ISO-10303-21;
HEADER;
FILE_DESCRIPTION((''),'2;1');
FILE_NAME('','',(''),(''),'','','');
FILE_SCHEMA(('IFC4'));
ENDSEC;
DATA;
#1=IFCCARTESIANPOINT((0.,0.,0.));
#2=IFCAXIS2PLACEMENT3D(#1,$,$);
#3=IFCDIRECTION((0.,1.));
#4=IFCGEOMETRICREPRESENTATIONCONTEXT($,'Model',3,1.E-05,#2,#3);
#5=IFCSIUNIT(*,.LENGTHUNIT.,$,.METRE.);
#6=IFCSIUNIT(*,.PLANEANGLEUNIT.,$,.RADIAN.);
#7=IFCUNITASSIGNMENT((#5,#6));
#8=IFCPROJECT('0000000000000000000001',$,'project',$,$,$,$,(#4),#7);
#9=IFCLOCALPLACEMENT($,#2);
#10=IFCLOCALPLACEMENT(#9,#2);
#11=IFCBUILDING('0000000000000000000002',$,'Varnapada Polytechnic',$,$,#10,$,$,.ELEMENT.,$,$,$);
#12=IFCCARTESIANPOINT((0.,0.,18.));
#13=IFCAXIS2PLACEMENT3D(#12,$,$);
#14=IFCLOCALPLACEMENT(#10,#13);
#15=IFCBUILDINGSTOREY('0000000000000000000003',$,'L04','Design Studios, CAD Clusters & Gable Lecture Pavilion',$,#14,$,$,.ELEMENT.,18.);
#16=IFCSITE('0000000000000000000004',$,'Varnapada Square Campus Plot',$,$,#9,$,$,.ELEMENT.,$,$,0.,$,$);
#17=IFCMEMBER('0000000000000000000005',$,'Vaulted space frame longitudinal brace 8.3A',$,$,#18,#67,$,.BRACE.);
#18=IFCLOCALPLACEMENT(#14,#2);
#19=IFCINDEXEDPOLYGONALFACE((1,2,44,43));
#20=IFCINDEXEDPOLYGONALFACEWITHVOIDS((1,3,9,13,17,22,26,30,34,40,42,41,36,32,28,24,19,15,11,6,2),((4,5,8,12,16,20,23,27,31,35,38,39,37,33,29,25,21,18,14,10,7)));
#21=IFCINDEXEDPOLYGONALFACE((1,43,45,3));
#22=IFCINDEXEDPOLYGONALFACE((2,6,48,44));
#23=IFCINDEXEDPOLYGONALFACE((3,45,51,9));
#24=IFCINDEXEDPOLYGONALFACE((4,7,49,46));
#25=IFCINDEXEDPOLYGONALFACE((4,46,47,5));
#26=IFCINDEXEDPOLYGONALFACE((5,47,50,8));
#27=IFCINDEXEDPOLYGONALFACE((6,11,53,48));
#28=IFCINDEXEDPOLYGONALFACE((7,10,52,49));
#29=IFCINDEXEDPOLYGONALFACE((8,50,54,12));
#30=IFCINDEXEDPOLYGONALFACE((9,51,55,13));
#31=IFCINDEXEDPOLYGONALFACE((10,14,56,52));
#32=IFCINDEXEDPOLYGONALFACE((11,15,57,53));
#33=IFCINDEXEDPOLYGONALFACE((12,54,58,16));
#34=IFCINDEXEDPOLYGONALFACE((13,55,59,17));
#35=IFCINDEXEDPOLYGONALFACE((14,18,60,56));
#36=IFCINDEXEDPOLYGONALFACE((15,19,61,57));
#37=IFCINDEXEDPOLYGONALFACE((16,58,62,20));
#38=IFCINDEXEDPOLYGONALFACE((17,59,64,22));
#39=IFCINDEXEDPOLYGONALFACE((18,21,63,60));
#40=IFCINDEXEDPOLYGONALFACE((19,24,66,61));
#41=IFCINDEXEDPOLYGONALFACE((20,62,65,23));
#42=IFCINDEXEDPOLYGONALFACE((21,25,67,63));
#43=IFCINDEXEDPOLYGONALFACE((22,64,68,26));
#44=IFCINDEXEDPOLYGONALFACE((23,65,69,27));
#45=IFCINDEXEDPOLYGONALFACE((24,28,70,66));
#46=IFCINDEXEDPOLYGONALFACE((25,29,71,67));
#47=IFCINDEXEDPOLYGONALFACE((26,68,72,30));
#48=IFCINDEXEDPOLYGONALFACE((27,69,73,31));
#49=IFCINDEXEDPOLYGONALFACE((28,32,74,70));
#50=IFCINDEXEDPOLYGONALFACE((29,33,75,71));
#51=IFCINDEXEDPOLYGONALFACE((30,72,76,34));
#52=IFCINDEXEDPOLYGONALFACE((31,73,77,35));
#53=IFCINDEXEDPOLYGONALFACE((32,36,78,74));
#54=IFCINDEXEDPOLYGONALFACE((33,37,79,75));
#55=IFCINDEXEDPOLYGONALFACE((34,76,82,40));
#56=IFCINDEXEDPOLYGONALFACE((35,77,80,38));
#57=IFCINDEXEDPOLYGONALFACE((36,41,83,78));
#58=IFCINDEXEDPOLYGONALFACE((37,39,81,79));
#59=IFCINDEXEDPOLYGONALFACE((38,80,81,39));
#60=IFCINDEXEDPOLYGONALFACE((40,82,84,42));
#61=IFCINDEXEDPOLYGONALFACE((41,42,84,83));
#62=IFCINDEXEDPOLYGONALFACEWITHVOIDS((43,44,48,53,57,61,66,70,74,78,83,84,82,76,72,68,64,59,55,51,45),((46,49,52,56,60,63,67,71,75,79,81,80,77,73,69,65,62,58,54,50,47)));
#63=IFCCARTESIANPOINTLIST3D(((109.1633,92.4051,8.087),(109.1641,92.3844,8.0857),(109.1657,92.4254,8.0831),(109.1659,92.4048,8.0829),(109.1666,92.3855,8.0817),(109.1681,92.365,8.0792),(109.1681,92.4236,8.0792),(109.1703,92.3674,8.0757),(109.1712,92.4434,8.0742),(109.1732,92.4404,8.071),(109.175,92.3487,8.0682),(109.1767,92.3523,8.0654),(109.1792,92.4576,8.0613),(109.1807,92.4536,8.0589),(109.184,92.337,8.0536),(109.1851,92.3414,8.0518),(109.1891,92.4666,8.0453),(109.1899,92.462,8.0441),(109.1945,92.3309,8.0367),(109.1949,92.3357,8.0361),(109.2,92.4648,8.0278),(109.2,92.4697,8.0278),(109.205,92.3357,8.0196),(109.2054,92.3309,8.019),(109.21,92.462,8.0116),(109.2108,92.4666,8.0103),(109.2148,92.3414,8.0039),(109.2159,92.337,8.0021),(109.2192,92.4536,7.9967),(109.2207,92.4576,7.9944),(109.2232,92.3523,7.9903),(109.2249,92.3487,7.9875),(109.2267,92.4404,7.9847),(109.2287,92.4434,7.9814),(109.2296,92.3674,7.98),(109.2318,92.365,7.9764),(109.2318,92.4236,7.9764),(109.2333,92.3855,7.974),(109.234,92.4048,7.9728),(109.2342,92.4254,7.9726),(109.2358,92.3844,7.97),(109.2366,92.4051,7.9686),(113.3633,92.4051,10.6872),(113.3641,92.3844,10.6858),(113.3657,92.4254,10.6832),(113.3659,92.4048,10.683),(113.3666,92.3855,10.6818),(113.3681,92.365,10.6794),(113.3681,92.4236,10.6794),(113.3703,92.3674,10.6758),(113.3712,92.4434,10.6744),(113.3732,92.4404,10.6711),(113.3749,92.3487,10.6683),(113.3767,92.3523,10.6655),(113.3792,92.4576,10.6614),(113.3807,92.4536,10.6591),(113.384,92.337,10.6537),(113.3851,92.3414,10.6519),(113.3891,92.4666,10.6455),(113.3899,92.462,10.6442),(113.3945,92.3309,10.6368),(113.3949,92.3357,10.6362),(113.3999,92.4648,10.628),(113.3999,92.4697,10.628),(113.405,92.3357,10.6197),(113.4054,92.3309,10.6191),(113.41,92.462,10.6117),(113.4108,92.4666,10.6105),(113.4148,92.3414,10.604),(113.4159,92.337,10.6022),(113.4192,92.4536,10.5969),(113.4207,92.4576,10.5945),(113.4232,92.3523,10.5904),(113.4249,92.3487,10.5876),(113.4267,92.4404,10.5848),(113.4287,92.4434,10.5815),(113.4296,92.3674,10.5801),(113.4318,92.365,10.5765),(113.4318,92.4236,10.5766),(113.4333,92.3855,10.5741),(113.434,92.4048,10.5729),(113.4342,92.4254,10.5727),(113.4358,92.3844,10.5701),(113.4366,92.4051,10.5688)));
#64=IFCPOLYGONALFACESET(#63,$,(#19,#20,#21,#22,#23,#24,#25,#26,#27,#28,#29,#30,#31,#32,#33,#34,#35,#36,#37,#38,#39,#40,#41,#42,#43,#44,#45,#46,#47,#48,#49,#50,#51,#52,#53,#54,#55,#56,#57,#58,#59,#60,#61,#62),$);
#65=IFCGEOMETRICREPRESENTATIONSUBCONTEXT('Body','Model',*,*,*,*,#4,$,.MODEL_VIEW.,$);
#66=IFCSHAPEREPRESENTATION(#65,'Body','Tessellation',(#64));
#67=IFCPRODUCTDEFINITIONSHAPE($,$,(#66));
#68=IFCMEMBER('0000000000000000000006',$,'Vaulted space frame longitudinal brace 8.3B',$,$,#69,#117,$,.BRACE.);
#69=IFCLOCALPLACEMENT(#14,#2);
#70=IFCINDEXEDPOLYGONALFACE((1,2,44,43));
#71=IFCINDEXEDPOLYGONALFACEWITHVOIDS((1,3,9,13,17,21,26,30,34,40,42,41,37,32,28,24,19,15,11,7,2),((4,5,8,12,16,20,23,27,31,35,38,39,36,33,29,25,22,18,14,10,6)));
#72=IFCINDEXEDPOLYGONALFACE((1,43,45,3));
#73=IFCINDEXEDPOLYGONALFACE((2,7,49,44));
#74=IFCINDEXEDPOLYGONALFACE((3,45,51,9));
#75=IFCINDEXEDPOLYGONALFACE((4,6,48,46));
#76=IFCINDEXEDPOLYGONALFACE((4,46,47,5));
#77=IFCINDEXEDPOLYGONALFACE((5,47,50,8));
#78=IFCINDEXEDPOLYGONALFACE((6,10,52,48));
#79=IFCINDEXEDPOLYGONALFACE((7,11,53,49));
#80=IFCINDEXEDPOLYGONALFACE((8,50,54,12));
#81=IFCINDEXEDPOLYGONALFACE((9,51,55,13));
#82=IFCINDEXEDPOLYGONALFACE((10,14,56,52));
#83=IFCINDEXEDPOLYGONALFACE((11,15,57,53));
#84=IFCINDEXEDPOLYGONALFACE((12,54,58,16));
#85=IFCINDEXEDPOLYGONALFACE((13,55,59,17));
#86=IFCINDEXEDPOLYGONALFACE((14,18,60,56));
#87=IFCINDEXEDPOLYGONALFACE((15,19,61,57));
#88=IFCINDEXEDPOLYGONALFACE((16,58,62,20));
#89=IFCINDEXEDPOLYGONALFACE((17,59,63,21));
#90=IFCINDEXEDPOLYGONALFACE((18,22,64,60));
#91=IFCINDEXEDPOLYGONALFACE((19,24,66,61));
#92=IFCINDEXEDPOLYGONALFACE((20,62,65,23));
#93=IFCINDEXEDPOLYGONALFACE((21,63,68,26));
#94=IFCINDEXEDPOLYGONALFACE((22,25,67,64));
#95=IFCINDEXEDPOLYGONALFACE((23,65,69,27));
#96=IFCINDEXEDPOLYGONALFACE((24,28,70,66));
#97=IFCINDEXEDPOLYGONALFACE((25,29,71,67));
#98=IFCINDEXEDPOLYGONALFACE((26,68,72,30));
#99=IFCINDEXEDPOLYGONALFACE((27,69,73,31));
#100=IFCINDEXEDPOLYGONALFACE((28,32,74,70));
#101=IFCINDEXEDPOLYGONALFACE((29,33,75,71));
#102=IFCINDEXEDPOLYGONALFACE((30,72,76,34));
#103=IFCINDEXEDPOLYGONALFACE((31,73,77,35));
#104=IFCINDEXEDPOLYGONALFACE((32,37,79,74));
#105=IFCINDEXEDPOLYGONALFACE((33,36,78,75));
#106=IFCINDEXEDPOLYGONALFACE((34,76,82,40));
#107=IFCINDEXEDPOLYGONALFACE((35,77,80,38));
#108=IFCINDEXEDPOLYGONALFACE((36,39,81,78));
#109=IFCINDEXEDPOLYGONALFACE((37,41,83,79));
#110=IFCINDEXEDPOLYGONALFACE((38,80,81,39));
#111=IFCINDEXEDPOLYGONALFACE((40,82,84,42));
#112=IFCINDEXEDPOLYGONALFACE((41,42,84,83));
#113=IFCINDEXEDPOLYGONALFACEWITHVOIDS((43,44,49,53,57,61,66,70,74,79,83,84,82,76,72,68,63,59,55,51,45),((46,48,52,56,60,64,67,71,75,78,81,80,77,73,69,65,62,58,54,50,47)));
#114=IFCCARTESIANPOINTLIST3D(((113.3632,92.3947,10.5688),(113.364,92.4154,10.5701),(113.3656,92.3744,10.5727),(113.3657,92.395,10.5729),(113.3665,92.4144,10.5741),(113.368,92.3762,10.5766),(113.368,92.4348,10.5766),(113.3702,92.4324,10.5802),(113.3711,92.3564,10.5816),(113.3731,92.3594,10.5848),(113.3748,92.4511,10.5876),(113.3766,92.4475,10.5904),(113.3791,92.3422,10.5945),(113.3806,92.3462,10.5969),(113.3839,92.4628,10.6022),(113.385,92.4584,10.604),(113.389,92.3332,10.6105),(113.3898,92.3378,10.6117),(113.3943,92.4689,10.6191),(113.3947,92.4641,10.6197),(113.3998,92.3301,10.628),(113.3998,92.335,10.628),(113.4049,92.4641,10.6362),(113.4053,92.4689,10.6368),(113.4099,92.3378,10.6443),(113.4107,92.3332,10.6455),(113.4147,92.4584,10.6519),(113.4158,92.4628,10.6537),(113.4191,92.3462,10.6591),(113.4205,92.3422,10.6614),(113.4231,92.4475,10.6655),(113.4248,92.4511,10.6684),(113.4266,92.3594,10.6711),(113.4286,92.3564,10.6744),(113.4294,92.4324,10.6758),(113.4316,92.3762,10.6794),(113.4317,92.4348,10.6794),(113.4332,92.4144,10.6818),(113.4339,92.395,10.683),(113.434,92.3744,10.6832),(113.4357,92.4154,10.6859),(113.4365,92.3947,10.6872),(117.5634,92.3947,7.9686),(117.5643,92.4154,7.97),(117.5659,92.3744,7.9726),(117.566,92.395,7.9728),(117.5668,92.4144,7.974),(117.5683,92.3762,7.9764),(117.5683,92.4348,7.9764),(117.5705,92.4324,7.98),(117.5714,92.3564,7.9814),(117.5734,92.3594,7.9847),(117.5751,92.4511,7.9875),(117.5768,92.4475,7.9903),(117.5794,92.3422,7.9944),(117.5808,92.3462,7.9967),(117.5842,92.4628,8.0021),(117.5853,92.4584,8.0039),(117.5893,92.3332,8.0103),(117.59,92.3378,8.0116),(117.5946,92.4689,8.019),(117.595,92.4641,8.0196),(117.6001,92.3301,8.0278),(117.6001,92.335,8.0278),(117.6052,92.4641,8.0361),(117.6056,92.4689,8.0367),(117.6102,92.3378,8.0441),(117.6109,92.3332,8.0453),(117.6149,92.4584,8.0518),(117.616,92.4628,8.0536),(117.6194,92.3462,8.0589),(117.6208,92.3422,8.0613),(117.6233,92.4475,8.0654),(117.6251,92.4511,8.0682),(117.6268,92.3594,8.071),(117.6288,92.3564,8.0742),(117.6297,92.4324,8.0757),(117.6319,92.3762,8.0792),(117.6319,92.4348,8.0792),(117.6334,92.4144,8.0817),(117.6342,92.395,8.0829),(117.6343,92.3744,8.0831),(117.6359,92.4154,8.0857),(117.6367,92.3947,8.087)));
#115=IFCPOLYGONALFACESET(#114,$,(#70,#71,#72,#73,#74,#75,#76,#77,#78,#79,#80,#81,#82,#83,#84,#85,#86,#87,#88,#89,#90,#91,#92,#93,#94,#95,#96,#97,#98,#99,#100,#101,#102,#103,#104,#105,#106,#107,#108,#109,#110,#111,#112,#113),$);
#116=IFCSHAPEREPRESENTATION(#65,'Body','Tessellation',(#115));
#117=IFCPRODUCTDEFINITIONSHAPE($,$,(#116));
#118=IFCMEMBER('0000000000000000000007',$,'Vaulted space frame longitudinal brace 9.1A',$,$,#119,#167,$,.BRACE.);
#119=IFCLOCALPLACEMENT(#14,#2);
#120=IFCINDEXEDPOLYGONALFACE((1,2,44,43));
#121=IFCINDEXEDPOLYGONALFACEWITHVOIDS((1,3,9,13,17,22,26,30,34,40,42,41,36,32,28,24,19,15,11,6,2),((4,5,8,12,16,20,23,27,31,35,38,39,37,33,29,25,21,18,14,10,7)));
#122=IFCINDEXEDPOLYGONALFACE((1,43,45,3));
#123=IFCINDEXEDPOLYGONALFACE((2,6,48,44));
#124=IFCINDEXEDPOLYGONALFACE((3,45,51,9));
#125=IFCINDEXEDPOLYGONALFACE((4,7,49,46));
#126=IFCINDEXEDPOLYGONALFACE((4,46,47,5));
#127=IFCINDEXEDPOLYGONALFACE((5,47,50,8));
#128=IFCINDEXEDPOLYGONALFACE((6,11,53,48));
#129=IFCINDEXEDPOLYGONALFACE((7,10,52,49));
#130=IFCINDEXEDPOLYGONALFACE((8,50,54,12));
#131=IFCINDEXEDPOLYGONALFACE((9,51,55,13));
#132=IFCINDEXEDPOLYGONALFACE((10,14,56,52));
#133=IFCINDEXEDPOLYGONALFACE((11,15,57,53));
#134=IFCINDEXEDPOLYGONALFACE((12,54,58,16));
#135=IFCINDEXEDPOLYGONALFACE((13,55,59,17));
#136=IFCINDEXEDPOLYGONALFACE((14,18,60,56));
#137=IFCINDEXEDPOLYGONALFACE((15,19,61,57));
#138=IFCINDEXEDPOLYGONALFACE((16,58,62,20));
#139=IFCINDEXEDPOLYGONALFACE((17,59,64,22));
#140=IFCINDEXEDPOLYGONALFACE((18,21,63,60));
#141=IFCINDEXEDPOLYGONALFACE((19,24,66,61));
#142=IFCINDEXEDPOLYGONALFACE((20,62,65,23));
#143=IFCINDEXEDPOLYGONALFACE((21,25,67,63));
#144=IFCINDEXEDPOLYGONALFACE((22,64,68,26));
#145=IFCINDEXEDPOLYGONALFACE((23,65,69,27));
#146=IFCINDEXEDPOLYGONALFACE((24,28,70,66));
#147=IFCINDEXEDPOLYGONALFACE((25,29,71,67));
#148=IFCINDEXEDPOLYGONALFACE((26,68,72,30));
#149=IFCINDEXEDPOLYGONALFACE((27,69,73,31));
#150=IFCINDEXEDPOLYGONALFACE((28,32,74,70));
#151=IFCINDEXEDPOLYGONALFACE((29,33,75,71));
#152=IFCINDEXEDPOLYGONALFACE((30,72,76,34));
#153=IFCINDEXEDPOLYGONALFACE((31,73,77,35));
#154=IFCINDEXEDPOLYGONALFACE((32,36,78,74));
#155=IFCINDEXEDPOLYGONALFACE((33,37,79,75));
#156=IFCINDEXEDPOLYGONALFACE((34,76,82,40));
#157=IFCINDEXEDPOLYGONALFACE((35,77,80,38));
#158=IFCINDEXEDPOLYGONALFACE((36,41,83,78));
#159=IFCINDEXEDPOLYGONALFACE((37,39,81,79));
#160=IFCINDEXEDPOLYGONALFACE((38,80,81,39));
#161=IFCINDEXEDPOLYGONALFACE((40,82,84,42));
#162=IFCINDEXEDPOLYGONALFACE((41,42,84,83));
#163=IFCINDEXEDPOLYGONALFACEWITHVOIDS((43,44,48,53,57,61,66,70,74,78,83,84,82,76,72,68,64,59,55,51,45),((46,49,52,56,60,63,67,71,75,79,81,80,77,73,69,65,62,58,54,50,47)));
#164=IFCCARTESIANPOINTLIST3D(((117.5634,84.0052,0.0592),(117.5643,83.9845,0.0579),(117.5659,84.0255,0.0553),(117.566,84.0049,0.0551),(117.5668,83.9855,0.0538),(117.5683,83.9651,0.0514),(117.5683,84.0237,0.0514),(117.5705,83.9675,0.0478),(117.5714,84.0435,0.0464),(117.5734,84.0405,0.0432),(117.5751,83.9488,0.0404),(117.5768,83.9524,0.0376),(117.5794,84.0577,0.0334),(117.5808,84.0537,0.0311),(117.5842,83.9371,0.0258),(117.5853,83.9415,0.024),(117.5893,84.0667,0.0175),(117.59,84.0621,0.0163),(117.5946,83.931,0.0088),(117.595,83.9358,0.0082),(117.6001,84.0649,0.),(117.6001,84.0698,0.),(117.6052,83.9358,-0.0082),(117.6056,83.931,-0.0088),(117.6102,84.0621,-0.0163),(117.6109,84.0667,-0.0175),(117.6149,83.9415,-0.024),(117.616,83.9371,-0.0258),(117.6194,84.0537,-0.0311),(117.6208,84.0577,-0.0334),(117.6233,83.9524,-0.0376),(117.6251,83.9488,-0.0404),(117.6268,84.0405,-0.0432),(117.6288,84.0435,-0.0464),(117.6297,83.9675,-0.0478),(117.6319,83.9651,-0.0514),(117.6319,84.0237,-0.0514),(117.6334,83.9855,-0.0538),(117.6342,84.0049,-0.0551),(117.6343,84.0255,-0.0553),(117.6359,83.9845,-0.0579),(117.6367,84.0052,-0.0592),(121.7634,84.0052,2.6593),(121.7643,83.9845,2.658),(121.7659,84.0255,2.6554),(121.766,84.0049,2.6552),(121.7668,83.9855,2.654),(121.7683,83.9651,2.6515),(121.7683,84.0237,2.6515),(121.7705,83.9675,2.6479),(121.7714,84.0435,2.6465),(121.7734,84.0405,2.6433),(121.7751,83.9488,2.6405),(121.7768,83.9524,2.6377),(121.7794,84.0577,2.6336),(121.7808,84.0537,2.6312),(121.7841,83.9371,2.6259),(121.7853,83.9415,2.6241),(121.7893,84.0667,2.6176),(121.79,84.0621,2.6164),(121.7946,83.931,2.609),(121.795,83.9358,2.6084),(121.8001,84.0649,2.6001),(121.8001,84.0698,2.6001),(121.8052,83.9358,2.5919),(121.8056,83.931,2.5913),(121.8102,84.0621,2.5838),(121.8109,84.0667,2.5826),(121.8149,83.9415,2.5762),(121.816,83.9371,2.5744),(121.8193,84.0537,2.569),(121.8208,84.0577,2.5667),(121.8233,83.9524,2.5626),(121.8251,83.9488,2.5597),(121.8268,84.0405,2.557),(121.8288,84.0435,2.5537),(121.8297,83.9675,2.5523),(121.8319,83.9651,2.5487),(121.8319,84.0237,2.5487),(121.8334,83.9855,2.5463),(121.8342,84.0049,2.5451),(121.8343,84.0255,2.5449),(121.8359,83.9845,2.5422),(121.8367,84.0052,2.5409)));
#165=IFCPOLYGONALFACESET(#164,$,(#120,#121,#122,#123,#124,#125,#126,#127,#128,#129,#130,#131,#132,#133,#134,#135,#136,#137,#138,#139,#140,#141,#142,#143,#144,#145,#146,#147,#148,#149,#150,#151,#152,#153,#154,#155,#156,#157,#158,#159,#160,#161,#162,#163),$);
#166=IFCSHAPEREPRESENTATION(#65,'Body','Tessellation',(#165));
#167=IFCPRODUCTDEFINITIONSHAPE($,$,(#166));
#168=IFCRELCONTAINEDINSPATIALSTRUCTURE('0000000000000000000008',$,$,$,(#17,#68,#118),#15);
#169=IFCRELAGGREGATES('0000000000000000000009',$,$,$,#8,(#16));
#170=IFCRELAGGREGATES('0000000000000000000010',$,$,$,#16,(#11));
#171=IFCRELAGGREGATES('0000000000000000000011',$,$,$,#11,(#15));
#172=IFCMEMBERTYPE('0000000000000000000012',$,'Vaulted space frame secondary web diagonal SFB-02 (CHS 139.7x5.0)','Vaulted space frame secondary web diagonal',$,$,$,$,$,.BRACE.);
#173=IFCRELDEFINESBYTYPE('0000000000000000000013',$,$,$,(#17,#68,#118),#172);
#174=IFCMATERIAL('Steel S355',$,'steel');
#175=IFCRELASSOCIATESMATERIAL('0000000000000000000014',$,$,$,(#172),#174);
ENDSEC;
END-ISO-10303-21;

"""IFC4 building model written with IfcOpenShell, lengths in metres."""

from ifc_helpers import new_model, si_unit, direction, frame, origin, origin_2d, place, context, subcontext, project, spatial, hollow_circle, extrude, material, material_profile, profile_set, type_object, element, save


model = new_model("IFC4")

# Units and contexts
model_context = context("Model", 3, precision=1e-05, world=origin(), true_north=direction((0.0, 1.0)))
body_context = subcontext(model_context, "Body", "Model", "MODEL_VIEW")
ifc_project = project(units=[si_unit("LENGTHUNIT", "METRE"), si_unit("PLANEANGLEUNIT", "RADIAN")], contexts=[model_context])

# Site, building, storey
site_placement = place(None, origin())
site = spatial("IfcSite", under=ifc_project, at=site_placement, Name="Varnapada Square Campus Plot", CompositionType="ELEMENT", RefElevation=0.0)
building_placement = place(site_placement, origin())
building = spatial("IfcBuilding", under=site, at=building_placement, Name="Varnapada Polytechnic", CompositionType="ELEMENT")
storey_placement = place(building_placement, frame((0.0, 0.0, 18.0)))
storey = spatial("IfcBuildingStorey", under=building, at=storey_placement, Name="L04", Description="Design Studios, CAD Clusters & Gable Lecture Pavilion", CompositionType="ELEMENT", Elevation=18.0)

# Shared definitions
ifc_material = material(Name="Steel S355", Category="steel")

# Members
ifc_material_profile_1 = material_profile(ifc_material, hollow_circle(Radius=0.0698, WallThickness=0.0049, at=origin_2d()), Name="CHS 139.7x5.0")
ifc_profile_set_1 = profile_set([ifc_material_profile_1], Name="Steel S355")
member_type_1 = type_object("IfcMemberType", Name="Vaulted space frame secondary web diagonal SFB-02 (CHS 139.7x5.0)", Description="Vaulted space frame secondary web diagonal", PredefinedType="BRACE", material=ifc_profile_set_1)
member_1_placement = place(storey_placement, frame((109.2, 92.3999, 8.0278), z_axis=(0.850254, 0.0, 0.526373), x_axis=(0.0, 1.0, 0.0)))
element("IfcMember", 1, at=member_1_placement, inside=storey, type_object=member_type_1, Name="Vaulted space frame longitudinal brace 8.3A", PredefinedType="BRACE", context=body_context, shape_type="SweptSolid", body=[
    extrude(hollow_circle(Radius=0.0698, WallThickness=0.0049, at=origin_2d()), origin(), (0.0, 0.0, 1.0), 4.9397),
])
member_2_placement = place(storey_placement, frame((117.6001, 92.3999, 8.0278), z_axis=(-0.850267, 0.0, 0.526351), x_axis=(0.0, -1.0, 0.0)))
element("IfcMember", 2, at=member_2_placement, inside=storey, type_object=member_type_1, Name="Vaulted space frame longitudinal brace 8.3B", PredefinedType="BRACE", context=body_context, shape_type="SweptSolid", body=[
    extrude(hollow_circle(Radius=0.0698, WallThickness=0.0049, at=origin_2d()), origin(), (0.0, 0.0, 1.0), 4.9399),
])
member_3_placement = place(storey_placement, frame((117.6001, 84.0, 0.0), z_axis=(0.850254, 0.0, 0.526373), x_axis=(0.0, 1.0, 0.0)))
element("IfcMember", 3, at=member_3_placement, inside=storey, type_object=member_type_1, Name="Vaulted space frame longitudinal brace 9.1A", PredefinedType="BRACE", context=body_context, shape_type="SweptSolid", body=[
    extrude(hollow_circle(Radius=0.0698, WallThickness=0.0049, at=origin_2d()), origin(), (0.0, 0.0, 1.0), 4.9397),
])

save(model, "model.ifc")
